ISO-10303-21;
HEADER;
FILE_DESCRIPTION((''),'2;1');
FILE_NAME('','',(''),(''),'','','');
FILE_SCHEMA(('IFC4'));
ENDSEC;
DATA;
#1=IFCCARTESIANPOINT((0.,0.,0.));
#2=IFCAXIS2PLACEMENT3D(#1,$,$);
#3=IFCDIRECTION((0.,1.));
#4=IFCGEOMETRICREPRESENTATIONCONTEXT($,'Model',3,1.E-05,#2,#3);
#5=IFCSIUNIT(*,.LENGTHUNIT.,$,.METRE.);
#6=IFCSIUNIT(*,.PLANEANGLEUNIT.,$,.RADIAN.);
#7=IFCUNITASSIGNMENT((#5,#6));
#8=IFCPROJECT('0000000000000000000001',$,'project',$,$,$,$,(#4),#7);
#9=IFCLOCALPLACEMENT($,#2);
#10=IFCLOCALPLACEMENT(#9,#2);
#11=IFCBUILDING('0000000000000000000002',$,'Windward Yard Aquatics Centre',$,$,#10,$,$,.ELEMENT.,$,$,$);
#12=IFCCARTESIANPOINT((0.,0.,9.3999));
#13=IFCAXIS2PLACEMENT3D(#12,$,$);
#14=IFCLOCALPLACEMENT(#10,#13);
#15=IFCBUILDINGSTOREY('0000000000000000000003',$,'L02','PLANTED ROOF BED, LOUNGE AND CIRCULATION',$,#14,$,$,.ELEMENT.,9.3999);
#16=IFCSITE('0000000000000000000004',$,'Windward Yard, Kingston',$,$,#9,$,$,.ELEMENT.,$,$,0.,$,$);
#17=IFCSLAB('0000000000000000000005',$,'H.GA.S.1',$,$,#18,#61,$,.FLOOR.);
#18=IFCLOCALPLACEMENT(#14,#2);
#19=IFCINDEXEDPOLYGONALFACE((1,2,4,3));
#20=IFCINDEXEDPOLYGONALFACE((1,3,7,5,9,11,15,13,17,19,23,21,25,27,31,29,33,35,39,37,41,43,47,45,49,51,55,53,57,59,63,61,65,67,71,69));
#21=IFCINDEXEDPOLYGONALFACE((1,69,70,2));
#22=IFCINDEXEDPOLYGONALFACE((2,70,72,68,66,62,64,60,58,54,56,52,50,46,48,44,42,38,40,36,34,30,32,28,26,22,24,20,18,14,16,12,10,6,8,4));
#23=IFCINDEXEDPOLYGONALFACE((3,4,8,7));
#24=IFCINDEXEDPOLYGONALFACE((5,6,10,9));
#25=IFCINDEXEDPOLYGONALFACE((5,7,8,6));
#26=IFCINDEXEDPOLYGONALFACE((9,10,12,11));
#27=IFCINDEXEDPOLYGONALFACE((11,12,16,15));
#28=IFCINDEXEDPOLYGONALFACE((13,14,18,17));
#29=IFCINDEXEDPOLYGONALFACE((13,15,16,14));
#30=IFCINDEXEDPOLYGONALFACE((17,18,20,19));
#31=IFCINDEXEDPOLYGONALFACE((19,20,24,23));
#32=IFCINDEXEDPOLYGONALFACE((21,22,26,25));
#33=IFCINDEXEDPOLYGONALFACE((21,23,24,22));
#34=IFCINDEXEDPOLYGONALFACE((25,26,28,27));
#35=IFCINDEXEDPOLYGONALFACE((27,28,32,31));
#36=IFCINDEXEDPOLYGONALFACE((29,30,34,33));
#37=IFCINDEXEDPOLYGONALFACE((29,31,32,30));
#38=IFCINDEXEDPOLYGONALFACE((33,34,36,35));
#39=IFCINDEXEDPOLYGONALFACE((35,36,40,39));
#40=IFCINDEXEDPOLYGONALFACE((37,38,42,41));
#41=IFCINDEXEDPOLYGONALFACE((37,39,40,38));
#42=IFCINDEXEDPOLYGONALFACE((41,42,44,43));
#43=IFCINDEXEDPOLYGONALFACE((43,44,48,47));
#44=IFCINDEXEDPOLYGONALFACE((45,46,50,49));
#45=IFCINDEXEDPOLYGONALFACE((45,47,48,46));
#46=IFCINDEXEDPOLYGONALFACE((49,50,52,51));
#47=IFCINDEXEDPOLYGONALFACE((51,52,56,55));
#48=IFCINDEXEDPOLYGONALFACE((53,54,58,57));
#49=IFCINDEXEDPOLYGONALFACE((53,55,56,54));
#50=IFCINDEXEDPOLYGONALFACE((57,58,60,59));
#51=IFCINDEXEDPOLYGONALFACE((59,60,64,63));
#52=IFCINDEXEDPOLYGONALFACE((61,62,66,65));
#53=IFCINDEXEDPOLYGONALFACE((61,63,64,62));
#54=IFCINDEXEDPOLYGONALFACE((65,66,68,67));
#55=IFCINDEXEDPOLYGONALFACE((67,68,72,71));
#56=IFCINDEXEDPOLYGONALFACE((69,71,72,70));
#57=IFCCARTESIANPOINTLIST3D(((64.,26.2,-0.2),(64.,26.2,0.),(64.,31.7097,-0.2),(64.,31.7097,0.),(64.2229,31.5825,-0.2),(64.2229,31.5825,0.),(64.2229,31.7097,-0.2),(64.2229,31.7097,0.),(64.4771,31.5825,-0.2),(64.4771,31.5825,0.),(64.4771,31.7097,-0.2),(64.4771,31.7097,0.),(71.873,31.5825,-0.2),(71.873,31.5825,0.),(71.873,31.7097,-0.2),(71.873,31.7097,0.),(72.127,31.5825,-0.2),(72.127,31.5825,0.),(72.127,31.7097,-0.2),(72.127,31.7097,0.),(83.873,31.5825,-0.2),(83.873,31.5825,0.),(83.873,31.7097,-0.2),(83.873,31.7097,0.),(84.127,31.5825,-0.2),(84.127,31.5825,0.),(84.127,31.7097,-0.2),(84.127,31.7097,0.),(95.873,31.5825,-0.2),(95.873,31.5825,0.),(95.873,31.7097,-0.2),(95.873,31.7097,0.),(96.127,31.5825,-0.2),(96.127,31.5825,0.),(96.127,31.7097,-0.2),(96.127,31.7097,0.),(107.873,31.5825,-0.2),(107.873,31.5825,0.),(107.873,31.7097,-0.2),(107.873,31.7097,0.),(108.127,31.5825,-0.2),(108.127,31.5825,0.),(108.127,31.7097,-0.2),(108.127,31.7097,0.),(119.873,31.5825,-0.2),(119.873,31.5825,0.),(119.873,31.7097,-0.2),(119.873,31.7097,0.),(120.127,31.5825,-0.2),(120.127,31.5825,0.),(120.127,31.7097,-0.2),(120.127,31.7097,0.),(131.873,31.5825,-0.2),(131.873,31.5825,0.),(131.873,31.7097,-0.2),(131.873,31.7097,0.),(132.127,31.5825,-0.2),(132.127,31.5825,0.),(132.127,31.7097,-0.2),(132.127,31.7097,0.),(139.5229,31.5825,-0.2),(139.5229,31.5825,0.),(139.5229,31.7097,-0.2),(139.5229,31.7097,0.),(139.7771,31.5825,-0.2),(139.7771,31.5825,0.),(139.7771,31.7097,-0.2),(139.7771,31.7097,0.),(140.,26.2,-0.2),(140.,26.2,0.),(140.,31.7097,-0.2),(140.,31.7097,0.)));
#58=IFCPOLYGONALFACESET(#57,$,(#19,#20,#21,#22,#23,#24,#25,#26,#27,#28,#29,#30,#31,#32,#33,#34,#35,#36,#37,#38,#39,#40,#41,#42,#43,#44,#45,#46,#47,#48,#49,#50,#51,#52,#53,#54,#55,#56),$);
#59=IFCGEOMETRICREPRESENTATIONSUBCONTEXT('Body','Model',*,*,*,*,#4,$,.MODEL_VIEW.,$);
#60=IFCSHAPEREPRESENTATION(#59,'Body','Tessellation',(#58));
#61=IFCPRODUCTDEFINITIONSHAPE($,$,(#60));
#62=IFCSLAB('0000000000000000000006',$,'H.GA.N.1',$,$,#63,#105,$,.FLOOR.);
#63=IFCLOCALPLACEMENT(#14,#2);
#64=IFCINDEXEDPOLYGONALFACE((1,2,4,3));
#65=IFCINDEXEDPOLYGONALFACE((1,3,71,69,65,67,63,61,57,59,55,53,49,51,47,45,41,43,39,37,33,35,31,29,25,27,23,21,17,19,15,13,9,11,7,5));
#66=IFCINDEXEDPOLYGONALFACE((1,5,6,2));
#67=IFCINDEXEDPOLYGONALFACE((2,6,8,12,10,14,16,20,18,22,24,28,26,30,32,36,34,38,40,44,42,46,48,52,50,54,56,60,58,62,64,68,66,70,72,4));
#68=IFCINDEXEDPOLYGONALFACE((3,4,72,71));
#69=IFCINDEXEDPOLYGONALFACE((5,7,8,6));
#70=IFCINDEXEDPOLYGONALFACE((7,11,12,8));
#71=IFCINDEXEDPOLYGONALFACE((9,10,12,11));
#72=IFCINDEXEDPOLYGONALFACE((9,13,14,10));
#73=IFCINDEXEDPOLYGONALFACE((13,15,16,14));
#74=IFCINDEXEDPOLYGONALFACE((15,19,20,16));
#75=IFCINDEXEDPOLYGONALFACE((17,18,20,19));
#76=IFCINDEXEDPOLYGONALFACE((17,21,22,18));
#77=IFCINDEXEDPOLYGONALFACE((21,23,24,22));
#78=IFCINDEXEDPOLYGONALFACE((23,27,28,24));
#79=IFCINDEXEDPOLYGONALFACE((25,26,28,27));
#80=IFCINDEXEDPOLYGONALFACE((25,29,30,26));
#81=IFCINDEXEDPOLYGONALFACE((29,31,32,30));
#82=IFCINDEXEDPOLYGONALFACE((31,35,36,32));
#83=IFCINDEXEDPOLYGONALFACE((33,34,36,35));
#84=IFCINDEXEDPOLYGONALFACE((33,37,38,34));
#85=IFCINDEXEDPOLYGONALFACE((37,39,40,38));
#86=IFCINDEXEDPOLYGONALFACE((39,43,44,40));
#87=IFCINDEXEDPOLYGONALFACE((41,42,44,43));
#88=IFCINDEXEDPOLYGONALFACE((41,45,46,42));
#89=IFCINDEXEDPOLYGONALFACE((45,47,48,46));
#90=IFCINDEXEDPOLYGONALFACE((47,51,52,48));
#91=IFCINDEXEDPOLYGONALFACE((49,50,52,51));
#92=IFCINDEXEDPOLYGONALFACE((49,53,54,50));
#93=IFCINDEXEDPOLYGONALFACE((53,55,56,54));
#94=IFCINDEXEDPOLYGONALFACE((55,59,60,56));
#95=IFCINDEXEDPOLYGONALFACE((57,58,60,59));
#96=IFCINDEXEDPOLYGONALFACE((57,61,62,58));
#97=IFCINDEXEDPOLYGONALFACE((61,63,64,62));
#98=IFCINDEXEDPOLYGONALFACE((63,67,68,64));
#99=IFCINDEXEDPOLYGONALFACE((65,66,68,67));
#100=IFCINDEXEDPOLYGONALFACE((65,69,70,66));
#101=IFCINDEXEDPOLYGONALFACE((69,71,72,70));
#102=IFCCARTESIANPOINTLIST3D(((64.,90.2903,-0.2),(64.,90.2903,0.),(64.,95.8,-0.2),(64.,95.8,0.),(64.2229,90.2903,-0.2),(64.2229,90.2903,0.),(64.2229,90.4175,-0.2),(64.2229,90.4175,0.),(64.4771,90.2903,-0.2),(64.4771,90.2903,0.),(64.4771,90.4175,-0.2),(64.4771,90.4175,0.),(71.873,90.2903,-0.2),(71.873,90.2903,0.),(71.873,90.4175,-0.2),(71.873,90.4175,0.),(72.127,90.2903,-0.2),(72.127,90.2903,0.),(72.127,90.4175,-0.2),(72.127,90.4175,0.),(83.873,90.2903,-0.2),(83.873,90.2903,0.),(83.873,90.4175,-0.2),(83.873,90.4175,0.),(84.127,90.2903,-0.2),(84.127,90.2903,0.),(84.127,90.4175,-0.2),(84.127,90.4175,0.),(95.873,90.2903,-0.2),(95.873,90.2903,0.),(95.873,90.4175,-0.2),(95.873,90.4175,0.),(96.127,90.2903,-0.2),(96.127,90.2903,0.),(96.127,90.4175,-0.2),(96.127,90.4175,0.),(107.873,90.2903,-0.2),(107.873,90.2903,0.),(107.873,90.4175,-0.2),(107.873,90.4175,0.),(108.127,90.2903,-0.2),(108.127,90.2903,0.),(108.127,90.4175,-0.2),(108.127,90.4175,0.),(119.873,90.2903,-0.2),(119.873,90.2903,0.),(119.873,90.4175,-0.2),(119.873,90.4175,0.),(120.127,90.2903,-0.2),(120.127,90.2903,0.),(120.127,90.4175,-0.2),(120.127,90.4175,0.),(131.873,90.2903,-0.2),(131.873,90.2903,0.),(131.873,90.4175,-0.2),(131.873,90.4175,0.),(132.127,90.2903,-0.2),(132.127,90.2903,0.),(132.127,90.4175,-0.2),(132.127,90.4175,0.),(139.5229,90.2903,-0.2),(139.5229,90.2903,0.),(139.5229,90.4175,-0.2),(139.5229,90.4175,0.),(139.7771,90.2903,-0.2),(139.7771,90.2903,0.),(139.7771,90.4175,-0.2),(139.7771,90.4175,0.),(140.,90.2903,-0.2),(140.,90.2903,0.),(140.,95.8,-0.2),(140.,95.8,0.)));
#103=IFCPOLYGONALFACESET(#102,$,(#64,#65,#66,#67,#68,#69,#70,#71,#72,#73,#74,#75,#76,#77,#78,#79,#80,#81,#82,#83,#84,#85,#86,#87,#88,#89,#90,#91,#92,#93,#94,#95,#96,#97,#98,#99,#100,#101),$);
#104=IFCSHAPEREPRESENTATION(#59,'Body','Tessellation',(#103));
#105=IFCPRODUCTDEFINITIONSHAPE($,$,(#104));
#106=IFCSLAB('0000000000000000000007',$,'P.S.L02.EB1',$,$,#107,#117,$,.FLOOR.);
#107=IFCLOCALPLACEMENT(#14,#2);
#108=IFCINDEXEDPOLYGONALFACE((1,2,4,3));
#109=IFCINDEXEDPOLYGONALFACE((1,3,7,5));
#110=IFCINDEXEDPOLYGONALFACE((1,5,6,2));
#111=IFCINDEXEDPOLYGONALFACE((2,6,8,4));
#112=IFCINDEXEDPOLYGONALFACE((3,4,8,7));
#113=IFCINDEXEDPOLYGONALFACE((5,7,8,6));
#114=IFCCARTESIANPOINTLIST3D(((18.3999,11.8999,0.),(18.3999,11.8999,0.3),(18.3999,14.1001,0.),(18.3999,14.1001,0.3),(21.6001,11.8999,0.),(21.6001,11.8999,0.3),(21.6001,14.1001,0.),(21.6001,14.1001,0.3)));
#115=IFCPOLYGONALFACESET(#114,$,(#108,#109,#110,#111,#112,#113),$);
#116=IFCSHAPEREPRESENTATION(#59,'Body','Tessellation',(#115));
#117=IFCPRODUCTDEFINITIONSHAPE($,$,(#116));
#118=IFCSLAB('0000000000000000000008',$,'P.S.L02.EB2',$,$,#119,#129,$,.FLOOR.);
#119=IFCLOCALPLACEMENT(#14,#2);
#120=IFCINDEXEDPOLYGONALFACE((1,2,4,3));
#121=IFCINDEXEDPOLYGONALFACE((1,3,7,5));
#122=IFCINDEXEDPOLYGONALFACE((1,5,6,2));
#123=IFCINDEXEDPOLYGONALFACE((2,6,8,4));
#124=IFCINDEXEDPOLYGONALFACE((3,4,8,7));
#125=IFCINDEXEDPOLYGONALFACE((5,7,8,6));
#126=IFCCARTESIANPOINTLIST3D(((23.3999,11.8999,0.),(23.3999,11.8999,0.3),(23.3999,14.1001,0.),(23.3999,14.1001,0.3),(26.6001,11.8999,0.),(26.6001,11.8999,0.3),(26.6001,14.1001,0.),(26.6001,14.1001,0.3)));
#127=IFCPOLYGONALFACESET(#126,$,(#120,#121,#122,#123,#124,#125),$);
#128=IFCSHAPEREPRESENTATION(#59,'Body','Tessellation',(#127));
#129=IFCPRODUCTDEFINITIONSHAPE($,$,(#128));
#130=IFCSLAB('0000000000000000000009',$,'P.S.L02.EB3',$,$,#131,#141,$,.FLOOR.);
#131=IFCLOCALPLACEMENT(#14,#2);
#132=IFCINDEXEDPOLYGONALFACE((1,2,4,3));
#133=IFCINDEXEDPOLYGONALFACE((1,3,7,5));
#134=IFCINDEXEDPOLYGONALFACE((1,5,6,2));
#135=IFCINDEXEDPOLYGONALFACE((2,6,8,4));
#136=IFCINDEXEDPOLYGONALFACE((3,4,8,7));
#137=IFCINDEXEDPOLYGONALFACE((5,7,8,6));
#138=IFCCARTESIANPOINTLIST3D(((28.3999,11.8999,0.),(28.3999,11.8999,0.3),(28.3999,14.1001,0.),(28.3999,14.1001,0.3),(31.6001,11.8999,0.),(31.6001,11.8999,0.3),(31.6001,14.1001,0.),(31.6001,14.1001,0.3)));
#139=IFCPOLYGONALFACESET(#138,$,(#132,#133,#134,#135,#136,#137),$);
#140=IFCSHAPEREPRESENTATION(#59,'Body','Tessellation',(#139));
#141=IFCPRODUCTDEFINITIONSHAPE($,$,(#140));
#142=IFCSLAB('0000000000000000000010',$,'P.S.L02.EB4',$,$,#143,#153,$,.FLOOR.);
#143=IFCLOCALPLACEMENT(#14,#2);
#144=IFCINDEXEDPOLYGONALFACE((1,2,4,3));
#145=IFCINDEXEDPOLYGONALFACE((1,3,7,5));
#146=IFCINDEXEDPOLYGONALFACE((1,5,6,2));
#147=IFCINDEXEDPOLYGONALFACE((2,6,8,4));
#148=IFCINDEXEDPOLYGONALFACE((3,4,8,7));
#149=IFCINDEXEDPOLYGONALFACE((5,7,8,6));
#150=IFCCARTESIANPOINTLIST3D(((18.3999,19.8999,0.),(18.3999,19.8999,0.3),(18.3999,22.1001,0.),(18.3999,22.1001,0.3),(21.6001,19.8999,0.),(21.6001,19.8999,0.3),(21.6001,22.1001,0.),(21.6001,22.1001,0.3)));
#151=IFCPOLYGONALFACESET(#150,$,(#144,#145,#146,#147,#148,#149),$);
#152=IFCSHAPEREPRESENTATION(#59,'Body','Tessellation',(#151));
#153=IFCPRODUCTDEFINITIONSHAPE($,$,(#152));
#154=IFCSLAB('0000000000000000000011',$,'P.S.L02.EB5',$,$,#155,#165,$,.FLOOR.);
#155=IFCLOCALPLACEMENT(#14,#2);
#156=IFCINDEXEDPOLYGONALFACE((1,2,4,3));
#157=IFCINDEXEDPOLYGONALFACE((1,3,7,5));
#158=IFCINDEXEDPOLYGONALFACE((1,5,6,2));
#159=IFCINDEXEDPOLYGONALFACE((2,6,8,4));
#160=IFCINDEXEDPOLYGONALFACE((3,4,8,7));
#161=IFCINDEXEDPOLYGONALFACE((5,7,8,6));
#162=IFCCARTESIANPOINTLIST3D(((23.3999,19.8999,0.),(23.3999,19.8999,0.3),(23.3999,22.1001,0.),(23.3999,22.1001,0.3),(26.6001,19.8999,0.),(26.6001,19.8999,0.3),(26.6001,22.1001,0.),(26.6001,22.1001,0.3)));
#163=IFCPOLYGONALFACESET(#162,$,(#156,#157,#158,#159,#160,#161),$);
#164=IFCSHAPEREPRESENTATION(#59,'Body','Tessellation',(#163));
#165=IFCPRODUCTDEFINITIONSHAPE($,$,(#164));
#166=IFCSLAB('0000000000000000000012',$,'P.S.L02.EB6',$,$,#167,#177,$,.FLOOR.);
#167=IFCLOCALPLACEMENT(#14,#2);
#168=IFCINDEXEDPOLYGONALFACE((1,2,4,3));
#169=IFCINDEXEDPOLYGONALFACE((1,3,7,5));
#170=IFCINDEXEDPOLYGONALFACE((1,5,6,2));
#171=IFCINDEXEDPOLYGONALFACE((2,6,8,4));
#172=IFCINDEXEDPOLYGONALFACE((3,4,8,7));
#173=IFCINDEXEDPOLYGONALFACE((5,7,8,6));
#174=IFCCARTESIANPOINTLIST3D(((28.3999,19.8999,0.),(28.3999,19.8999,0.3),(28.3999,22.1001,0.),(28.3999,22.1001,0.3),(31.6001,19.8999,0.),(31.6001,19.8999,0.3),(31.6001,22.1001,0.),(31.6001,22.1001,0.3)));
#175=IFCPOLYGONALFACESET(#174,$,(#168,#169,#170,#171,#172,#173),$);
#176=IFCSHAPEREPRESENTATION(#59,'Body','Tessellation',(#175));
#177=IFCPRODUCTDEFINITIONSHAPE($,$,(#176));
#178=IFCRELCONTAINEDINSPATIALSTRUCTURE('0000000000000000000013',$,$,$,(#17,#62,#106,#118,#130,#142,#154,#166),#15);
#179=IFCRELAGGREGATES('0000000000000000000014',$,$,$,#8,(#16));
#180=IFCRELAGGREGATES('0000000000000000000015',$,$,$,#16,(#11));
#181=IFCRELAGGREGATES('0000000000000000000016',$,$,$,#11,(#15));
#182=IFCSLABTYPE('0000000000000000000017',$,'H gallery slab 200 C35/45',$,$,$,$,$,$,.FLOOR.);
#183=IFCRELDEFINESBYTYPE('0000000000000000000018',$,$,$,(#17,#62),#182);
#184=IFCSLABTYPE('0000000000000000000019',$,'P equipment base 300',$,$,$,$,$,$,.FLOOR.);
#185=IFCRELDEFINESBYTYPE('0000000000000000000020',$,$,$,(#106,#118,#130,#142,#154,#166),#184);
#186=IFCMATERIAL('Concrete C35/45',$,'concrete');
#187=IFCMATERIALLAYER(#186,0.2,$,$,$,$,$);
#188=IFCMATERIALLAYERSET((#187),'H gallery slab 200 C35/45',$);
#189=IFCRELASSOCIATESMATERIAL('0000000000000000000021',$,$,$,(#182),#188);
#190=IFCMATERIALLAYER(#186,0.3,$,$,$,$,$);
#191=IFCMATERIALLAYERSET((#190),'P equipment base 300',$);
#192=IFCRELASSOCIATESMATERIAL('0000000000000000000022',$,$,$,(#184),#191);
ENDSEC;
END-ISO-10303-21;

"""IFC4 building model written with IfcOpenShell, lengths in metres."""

from ifc_helpers import new_model, si_unit, direction, frame, origin, place, context, subcontext, project, spatial, polyline, outline, extrude, material, layer, layer_set, type_object, element, save


model = new_model("IFC4")

# Units and contexts
model_context = context("Model", 3, precision=1e-05, world=origin(), true_north=direction((0.0, 1.0)))
body_context = subcontext(model_context, "Body", "Model", "MODEL_VIEW")
ifc_project = project(units=[si_unit("LENGTHUNIT", "METRE"), si_unit("PLANEANGLEUNIT", "RADIAN")], contexts=[model_context])

# Site, building, storey
site_placement = place(None, origin())
site = spatial("IfcSite", under=ifc_project, at=site_placement, Name="Windward Yard, Kingston", CompositionType="ELEMENT", RefElevation=0.0)
building_placement = place(site_placement, origin())
building = spatial("IfcBuilding", under=site, at=building_placement, Name="Windward Yard Aquatics Centre", CompositionType="ELEMENT")
storey_placement = place(building_placement, frame((0.0, 0.0, 9.3999)))
storey = spatial("IfcBuildingStorey", under=building, at=storey_placement, Name="L02", Description="PLANTED ROOF BED, LOUNGE AND CIRCULATION", CompositionType="ELEMENT", Elevation=9.3999)

# Slabs
ifc_material_1 = material(Name="Concrete C35/45", Category="concrete")
ifc_layer_1 = layer(ifc_material_1, 0.2)
ifc_layer_set_1 = layer_set([ifc_layer_1], Name="H gallery slab 200 C35/45")
slab_type_1 = type_object("IfcSlabType", Name="H gallery slab 200 C35/45", PredefinedType="FLOOR", material=ifc_layer_set_1)
slab_1_placement = place(storey_placement, frame((0.0, 0.0, -0.2)))
element("IfcSlab", 1, at=slab_1_placement, inside=storey, type_object=slab_type_1, Name="H.GA.S.1", PredefinedType="FLOOR", context=body_context, shape_type="SweptSolid", body=[
    extrude(outline(polyline([(64.0, 26.2), (64.0, 31.7097), (64.2229, 31.7097), (64.2229, 31.5825), (64.4771, 31.5825), (64.4771, 31.7097), (71.873, 31.7097), (71.873, 31.5825), (72.127, 31.5825), (72.127, 31.7097), (83.873, 31.7097), (83.873, 31.5825), (84.127, 31.5825), (84.127, 31.7097), (95.873, 31.7097), (95.873, 31.5825), (96.127, 31.5825), (96.127, 31.7097), (107.873, 31.7097), (107.873, 31.5825), (108.127, 31.5825), (108.127, 31.7097), (119.873, 31.7097), (119.873, 31.5825), (120.127, 31.5825), (120.127, 31.7097), (131.873, 31.7097), (131.873, 31.5825), (132.127, 31.5825), (132.127, 31.7097), (139.5229, 31.7097), (139.5229, 31.5825), (139.7771, 31.5825), (139.7771, 31.7097), (140.0, 31.7097), (140.0, 26.2), (64.0, 26.2)])), origin(), (0.0, 0.0, 1.0), 0.2),
])
slab_2_placement = place(storey_placement, frame((0.0, 0.0, -0.2)))
element("IfcSlab", 2, at=slab_2_placement, inside=storey, type_object=slab_type_1, Name="H.GA.N.1", PredefinedType="FLOOR", context=body_context, shape_type="SweptSolid", body=[
    extrude(outline(polyline([(64.0, 90.2903), (64.0, 95.8), (140.0, 95.8), (140.0, 90.2903), (139.7771, 90.2903), (139.7771, 90.4175), (139.5229, 90.4175), (139.5229, 90.2903), (132.127, 90.2903), (132.127, 90.4175), (131.873, 90.4175), (131.873, 90.2903), (120.127, 90.2903), (120.127, 90.4175), (119.873, 90.4175), (119.873, 90.2903), (108.127, 90.2903), (108.127, 90.4175), (107.873, 90.4175), (107.873, 90.2903), (96.127, 90.2903), (96.127, 90.4175), (95.873, 90.4175), (95.873, 90.2903), (84.127, 90.2903), (84.127, 90.4175), (83.873, 90.4175), (83.873, 90.2903), (72.127, 90.2903), (72.127, 90.4175), (71.873, 90.4175), (71.873, 90.2903), (64.4771, 90.2903), (64.4771, 90.4175), (64.2229, 90.4175), (64.2229, 90.2903), (64.0, 90.2903)])), origin(), (0.0, 0.0, 1.0), 0.2),
])
ifc_layer_2 = layer(ifc_material_1, 0.3)
ifc_layer_set_2 = layer_set([ifc_layer_2], Name="P equipment base 300")
slab_type_2 = type_object("IfcSlabType", Name="P equipment base 300", PredefinedType="FLOOR", material=ifc_layer_set_2)
slab_3_placement = place(storey_placement, origin())
element("IfcSlab", 3, at=slab_3_placement, inside=storey, type_object=slab_type_2, Name="P.S.L02.EB1", PredefinedType="FLOOR", context=body_context, shape_type="SweptSolid", body=[
    extrude(outline(polyline([(18.3999, 11.8999), (21.6001, 11.8999), (21.6001, 14.1001), (18.3999, 14.1001), (18.3999, 11.8999)])), origin(), (0.0, 0.0, 1.0), 0.3),
])
slab_4_placement = place(storey_placement, origin())
element("IfcSlab", 4, at=slab_4_placement, inside=storey, type_object=slab_type_2, Name="P.S.L02.EB2", PredefinedType="FLOOR", context=body_context, shape_type="SweptSolid", body=[
    extrude(outline(polyline([(23.3999, 11.8999), (26.6001, 11.8999), (26.6001, 14.1001), (23.3999, 14.1001), (23.3999, 11.8999)])), origin(), (0.0, 0.0, 1.0), 0.3),
])
slab_5_placement = place(storey_placement, origin())
element("IfcSlab", 5, at=slab_5_placement, inside=storey, type_object=slab_type_2, Name="P.S.L02.EB3", PredefinedType="FLOOR", context=body_context, shape_type="SweptSolid", body=[
    extrude(outline(polyline([(28.3999, 11.8999), (31.6001, 11.8999), (31.6001, 14.1001), (28.3999, 14.1001), (28.3999, 11.8999)])), origin(), (0.0, 0.0, 1.0), 0.3),
])
slab_6_placement = place(storey_placement, origin())
element("IfcSlab", 6, at=slab_6_placement, inside=storey, type_object=slab_type_2, Name="P.S.L02.EB4", PredefinedType="FLOOR", context=body_context, shape_type="SweptSolid", body=[
    extrude(outline(polyline([(18.3999, 19.8999), (21.6001, 19.8999), (21.6001, 22.1001), (18.3999, 22.1001), (18.3999, 19.8999)])), origin(), (0.0, 0.0, 1.0), 0.3),
])
slab_7_placement = place(storey_placement, origin())
element("IfcSlab", 7, at=slab_7_placement, inside=storey, type_object=slab_type_2, Name="P.S.L02.EB5", PredefinedType="FLOOR", context=body_context, shape_type="SweptSolid", body=[
    extrude(outline(polyline([(23.3999, 19.8999), (26.6001, 19.8999), (26.6001, 22.1001), (23.3999, 22.1001), (23.3999, 19.8999)])), origin(), (0.0, 0.0, 1.0), 0.3),
])
slab_8_placement = place(storey_placement, origin())
element("IfcSlab", 8, at=slab_8_placement, inside=storey, type_object=slab_type_2, Name="P.S.L02.EB6", PredefinedType="FLOOR", context=body_context, shape_type="SweptSolid", body=[
    extrude(outline(polyline([(28.3999, 19.8999), (31.6001, 19.8999), (31.6001, 22.1001), (28.3999, 22.1001), (28.3999, 19.8999)])), origin(), (0.0, 0.0, 1.0), 0.3),
])

save(model, "model.ifc")
